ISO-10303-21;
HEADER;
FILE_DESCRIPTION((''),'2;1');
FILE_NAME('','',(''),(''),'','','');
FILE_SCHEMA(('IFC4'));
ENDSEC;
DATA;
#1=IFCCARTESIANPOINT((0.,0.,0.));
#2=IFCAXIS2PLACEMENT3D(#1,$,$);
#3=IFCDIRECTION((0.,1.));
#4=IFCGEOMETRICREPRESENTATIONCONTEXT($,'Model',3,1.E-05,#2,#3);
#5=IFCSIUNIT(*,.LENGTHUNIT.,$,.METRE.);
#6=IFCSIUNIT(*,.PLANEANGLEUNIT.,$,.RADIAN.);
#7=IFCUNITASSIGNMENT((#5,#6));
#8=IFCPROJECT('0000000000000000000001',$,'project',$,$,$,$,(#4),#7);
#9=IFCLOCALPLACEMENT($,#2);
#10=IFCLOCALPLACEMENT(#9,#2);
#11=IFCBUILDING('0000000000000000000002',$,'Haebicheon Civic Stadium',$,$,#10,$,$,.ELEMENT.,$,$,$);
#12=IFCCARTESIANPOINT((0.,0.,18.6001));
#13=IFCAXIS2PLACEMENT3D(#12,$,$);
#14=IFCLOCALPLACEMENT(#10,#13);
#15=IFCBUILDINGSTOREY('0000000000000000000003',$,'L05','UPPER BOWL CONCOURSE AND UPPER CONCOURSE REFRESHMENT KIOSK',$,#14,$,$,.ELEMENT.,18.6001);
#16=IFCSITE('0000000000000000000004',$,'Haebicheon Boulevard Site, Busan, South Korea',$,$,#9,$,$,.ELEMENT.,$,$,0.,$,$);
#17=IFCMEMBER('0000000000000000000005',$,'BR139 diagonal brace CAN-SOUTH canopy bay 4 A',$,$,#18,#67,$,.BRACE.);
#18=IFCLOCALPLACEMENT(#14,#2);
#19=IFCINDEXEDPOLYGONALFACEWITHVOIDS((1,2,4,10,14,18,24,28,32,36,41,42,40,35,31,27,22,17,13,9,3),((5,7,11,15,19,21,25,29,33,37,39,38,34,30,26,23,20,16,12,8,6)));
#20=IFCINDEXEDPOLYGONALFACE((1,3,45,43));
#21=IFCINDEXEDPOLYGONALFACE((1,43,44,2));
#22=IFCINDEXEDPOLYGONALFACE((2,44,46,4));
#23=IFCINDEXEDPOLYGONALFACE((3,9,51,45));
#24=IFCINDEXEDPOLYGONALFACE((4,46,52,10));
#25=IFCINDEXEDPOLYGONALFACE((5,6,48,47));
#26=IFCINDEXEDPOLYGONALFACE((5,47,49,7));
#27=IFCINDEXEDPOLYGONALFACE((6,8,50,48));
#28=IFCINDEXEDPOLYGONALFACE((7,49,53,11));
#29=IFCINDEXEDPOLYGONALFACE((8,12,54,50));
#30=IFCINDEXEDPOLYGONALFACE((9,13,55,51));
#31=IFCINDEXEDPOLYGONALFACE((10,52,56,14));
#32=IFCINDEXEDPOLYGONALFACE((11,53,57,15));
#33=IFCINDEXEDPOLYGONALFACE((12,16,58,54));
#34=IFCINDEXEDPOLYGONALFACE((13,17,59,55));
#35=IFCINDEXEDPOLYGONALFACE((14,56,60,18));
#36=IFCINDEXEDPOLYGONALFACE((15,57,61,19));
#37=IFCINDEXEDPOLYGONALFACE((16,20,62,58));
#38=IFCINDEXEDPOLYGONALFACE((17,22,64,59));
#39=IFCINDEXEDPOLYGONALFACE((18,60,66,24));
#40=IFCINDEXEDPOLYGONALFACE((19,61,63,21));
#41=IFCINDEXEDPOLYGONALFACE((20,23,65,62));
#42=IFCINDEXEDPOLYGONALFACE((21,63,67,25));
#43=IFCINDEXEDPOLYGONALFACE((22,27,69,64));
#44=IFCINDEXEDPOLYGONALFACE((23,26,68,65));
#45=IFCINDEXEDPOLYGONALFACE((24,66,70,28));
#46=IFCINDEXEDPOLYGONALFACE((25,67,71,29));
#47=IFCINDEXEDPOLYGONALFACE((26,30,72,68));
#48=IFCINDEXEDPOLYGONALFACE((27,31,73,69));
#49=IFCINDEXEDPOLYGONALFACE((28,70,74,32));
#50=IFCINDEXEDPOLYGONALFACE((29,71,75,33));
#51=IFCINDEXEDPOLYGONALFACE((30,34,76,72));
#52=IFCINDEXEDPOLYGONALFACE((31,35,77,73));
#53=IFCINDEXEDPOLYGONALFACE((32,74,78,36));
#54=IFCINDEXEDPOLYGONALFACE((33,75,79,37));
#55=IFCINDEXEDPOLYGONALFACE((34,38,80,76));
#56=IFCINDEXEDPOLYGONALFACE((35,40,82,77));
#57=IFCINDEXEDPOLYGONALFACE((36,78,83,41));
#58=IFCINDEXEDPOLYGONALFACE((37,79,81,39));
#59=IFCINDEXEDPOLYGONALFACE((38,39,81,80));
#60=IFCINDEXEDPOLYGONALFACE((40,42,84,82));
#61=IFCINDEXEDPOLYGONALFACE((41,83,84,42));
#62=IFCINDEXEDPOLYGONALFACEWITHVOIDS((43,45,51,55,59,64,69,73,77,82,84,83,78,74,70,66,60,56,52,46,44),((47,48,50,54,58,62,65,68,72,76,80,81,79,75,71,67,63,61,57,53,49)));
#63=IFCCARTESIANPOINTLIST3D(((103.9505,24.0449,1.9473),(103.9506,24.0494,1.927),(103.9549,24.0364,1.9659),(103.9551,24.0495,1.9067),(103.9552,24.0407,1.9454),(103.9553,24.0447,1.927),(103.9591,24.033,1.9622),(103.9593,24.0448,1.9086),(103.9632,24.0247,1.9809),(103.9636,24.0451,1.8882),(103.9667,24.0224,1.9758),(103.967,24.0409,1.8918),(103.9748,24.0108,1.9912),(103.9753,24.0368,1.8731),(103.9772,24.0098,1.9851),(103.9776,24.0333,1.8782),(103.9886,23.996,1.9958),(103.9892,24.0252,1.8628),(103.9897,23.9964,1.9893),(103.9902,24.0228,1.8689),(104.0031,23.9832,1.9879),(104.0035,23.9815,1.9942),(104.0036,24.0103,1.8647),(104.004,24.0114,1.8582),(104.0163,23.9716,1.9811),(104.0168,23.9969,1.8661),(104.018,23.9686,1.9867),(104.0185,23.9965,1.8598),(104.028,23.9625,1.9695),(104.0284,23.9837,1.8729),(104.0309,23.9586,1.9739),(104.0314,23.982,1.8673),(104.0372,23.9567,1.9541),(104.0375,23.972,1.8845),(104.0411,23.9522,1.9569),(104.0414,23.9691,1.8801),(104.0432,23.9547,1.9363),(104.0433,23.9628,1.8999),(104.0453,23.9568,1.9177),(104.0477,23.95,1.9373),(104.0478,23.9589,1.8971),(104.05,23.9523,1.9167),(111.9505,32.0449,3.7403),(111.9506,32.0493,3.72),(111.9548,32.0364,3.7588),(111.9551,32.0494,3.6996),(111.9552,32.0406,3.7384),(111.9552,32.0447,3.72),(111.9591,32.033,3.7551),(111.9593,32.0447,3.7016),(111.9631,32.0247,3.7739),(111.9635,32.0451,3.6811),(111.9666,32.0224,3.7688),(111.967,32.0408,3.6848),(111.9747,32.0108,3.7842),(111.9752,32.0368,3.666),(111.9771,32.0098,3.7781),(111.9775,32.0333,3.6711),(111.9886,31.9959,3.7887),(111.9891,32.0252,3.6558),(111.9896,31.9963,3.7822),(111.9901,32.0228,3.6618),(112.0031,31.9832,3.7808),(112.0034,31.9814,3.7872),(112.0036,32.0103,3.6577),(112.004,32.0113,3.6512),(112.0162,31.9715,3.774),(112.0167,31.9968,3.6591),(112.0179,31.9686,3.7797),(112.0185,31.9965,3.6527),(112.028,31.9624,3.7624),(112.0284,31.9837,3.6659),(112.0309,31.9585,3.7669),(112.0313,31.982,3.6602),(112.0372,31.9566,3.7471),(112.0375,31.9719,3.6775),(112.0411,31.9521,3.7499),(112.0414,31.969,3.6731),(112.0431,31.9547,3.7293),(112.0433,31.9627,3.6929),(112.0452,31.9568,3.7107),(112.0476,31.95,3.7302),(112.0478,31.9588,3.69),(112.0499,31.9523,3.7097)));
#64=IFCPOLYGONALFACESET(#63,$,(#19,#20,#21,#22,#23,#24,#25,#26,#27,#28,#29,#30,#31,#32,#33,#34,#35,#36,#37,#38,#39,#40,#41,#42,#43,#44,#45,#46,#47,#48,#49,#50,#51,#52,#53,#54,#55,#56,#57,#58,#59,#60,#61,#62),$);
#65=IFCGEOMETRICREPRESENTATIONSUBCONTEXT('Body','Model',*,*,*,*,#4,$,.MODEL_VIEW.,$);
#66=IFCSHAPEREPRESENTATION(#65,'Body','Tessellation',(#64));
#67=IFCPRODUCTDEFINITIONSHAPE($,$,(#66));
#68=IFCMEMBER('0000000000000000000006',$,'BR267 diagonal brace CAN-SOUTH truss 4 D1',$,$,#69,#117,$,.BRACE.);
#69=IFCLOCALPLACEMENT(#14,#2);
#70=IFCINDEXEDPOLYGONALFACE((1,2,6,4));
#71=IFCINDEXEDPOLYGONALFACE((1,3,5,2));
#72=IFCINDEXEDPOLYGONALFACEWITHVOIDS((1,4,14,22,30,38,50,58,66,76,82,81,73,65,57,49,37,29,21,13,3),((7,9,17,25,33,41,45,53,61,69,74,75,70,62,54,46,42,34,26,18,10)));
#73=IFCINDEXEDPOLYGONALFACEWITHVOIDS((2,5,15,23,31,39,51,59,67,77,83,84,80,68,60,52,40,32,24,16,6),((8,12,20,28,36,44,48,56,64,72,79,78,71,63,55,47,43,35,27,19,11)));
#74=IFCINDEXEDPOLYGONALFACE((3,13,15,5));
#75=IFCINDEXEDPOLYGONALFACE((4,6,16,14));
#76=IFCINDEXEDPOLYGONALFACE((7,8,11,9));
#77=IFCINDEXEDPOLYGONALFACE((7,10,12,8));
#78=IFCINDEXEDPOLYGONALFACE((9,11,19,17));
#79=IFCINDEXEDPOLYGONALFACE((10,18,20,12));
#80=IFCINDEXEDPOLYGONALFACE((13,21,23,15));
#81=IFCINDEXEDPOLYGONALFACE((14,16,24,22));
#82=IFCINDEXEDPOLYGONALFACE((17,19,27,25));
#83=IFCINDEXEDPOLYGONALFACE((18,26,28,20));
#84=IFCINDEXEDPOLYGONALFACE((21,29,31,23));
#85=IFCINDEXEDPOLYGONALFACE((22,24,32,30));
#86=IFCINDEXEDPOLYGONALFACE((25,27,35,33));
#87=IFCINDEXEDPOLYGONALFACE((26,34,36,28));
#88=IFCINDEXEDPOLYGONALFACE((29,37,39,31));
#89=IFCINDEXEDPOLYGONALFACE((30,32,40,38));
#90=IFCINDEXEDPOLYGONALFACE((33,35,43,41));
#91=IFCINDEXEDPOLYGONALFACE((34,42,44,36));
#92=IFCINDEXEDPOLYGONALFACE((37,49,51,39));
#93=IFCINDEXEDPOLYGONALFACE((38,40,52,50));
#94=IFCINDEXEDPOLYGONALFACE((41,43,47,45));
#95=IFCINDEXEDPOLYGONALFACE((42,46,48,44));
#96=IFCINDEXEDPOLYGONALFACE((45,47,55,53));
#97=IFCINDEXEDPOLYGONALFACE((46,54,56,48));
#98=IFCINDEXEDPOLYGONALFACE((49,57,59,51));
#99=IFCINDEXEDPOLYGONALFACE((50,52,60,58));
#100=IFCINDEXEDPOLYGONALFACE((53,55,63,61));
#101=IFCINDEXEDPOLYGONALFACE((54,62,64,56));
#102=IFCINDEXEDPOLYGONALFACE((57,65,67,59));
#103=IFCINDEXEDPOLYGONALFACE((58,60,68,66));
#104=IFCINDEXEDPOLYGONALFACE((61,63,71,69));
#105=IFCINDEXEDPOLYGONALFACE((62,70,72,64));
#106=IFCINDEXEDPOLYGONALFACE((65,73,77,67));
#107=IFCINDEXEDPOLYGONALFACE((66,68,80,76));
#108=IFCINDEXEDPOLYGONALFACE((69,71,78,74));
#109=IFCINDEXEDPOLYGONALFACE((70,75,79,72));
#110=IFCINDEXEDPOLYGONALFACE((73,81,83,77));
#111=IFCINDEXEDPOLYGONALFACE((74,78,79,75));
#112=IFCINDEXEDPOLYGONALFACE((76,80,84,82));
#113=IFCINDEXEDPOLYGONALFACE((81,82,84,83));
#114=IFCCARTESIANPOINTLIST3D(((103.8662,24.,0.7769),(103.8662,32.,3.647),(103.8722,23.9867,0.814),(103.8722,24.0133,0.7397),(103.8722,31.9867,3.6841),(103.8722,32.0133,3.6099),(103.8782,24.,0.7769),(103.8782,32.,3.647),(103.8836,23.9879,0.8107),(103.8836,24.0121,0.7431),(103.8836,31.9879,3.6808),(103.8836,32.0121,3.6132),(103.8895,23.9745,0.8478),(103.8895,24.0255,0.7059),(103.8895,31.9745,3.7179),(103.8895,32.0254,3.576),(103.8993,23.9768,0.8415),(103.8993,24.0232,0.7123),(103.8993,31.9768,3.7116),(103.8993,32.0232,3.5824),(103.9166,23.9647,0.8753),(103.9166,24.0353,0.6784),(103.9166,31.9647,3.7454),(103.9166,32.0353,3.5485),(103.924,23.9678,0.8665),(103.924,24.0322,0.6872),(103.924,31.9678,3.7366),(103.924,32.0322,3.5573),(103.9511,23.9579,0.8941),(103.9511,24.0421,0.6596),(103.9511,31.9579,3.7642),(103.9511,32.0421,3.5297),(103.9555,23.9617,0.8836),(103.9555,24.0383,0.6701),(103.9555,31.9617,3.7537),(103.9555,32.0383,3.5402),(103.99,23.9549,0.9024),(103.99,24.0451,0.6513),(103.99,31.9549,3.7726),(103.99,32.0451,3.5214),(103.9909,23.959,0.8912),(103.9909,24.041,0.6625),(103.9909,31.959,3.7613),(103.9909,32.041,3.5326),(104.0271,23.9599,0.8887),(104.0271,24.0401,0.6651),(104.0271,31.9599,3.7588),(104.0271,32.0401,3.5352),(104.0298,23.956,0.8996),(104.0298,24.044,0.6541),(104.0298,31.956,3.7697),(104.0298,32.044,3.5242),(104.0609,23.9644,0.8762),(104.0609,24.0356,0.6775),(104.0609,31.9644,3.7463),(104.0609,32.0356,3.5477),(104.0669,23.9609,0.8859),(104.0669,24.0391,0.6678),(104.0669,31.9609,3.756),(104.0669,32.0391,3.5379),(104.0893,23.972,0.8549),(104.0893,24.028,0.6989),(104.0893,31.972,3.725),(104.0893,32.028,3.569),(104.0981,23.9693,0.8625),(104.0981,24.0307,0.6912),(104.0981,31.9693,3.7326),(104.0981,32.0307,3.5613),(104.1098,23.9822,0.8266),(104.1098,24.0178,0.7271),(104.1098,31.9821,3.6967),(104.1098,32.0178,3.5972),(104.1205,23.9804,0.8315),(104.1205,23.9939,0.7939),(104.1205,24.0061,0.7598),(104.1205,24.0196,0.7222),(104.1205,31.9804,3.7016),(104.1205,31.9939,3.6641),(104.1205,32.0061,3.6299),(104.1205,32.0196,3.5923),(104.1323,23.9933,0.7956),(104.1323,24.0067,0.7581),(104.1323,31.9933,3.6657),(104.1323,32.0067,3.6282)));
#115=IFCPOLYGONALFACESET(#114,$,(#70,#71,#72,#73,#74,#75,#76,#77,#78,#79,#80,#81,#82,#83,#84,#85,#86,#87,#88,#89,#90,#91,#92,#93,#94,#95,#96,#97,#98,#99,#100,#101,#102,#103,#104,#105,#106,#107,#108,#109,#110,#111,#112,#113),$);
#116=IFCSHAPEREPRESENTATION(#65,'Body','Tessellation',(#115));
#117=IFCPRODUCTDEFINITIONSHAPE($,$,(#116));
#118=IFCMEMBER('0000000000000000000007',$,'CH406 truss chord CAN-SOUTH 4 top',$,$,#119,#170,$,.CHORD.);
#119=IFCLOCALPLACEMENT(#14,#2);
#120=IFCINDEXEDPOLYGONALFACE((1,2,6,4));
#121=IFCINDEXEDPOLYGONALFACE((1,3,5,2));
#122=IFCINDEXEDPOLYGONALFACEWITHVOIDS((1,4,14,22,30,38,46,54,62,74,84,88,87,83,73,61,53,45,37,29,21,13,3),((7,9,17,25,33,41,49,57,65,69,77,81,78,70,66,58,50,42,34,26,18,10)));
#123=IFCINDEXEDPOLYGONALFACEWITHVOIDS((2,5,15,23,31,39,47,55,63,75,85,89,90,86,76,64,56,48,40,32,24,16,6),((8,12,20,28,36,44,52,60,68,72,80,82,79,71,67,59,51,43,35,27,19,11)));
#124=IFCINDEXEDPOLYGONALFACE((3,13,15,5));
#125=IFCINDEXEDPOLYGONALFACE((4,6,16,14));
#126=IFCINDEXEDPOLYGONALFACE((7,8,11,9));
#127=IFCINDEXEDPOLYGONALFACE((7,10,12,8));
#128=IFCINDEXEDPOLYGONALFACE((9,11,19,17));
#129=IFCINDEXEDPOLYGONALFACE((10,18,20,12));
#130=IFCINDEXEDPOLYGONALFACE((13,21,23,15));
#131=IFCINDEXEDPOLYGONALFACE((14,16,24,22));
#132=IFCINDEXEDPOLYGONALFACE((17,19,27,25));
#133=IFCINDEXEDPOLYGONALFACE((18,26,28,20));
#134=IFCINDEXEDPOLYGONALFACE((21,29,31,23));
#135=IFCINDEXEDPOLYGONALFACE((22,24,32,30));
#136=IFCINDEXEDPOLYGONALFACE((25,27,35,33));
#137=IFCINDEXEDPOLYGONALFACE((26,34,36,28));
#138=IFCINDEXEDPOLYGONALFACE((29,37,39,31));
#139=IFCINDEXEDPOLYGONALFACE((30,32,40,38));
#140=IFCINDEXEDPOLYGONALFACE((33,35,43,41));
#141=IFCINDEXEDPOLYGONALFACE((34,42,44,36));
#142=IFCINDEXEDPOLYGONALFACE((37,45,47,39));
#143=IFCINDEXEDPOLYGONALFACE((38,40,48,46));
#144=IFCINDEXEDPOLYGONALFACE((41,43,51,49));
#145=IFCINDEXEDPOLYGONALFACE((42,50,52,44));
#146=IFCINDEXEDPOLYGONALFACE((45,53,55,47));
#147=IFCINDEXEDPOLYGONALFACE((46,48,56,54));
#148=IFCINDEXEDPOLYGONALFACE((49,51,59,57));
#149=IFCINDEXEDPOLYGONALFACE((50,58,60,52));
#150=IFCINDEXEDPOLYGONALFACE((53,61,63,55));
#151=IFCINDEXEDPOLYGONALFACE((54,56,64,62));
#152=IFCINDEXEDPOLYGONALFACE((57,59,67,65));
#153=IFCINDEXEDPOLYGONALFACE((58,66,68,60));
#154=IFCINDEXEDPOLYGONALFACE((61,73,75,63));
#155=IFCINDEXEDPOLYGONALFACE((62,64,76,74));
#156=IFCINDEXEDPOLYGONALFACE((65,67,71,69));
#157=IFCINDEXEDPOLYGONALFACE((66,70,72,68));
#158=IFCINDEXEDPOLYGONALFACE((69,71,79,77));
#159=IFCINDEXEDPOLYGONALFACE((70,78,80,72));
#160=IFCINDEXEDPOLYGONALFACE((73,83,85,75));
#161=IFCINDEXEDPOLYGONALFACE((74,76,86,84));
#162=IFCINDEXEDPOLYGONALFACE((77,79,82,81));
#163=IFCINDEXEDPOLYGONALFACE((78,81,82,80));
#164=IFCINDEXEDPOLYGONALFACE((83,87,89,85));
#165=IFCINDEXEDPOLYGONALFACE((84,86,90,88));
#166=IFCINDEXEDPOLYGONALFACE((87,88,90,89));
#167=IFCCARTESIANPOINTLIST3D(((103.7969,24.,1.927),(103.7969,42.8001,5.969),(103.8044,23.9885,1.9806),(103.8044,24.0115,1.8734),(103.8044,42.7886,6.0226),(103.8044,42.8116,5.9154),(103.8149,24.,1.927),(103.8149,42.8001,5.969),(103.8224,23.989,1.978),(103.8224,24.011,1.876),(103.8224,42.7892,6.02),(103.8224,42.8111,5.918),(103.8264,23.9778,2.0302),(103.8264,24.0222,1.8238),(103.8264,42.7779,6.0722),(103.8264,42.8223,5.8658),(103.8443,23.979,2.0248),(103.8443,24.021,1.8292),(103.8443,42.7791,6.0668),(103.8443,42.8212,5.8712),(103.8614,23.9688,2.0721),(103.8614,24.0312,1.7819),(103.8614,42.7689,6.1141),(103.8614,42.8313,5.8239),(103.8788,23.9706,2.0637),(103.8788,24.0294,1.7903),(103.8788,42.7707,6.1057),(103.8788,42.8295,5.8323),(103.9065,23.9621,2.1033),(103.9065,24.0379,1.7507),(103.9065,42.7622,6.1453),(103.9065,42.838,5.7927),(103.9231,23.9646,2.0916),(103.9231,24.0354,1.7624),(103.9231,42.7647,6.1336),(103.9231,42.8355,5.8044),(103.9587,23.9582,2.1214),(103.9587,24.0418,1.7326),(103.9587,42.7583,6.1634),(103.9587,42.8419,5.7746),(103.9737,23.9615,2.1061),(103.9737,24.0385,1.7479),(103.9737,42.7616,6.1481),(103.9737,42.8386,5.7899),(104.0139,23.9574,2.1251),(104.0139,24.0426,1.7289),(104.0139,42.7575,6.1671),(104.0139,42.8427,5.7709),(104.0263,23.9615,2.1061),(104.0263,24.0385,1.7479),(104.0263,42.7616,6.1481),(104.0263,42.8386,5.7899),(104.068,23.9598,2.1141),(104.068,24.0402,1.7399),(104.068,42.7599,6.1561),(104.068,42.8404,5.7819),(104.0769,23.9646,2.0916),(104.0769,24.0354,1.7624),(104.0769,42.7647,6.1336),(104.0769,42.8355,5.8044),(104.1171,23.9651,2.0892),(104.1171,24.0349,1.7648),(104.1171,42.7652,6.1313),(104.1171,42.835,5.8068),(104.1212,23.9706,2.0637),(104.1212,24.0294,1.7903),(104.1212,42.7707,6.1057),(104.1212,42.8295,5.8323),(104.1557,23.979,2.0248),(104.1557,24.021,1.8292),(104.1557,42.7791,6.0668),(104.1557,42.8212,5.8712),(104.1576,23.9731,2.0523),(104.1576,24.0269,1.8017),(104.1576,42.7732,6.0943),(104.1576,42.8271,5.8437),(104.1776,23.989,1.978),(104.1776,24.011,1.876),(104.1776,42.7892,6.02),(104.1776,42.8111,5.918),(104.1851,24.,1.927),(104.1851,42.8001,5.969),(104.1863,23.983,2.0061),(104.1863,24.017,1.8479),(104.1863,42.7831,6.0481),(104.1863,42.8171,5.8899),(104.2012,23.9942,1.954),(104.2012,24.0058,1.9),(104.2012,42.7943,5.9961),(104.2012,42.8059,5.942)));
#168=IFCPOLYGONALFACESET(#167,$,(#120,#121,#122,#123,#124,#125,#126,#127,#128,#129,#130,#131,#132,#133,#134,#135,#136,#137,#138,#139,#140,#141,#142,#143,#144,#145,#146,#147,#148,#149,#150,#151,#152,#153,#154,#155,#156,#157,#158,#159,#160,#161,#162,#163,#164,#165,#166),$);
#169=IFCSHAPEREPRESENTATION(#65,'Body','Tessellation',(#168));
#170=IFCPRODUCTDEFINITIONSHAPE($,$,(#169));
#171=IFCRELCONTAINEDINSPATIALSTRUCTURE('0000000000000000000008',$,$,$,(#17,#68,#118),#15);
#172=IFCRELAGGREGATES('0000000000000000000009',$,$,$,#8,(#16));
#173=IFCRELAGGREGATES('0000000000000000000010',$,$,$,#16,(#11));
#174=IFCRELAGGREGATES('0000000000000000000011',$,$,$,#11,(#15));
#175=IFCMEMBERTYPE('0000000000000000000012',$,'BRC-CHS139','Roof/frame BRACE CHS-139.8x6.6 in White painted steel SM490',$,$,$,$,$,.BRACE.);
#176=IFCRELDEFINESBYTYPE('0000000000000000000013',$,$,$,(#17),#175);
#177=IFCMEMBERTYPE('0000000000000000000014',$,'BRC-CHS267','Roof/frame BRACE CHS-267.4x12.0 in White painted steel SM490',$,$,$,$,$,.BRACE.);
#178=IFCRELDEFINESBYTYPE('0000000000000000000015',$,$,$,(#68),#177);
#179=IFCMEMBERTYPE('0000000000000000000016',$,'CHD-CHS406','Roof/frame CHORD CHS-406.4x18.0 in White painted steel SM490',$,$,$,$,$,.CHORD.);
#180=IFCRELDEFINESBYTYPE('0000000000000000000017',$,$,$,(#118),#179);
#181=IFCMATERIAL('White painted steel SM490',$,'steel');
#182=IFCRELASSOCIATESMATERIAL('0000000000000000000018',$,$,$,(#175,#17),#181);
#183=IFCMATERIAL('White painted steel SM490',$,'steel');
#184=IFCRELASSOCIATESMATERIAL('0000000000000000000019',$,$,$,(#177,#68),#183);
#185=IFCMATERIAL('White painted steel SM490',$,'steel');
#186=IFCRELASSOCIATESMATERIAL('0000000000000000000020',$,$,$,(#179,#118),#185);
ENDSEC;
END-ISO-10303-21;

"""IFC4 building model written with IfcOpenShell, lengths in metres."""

from ifc_helpers import new_model, si_unit, direction, frame, origin, origin_2d, place, context, subcontext, project, spatial, hollow_circle, extrude, material, material_profile, profile_set, type_object, element, save


model = new_model("IFC4")

# Units and contexts
model_context = context("Model", 3, precision=1e-05, world=origin(), true_north=direction((0.0, 1.0)))
body_context = subcontext(model_context, "Body", "Model", "MODEL_VIEW")
ifc_project = project(units=[si_unit("LENGTHUNIT", "METRE"), si_unit("PLANEANGLEUNIT", "RADIAN")], contexts=[model_context])

# Site, building, storey
site_placement = place(None, origin())
site = spatial("IfcSite", under=ifc_project, at=site_placement, Name="Haebicheon Boulevard Site, Busan, South Korea", CompositionType="ELEMENT", RefElevation=0.0)
building_placement = place(site_placement, origin())
building = spatial("IfcBuilding", under=site, at=building_placement, Name="Haebicheon Civic Stadium", CompositionType="ELEMENT")
storey_placement = place(building_placement, frame((0.0, 0.0, 18.6001)))
storey = spatial("IfcBuildingStorey", under=building, at=storey_placement, Name="L05", Description="UPPER BOWL CONCOURSE AND UPPER CONCOURSE REFRESHMENT KIOSK", CompositionType="ELEMENT", Elevation=18.6001)

# Members
ifc_material_1 = material(Name="White painted steel SM490", Category="steel")
ifc_material_profile_1 = material_profile(ifc_material_1, hollow_circle(Radius=0.0698, WallThickness=0.0066, at=origin_2d()), Name="CHS-139.8x6.6")
ifc_profile_set_1 = profile_set([ifc_material_profile_1], Name="White painted steel SM490")
member_type_1 = type_object("IfcMemberType", Name="BRC-CHS139", Description="Roof/frame BRACE CHS-139.8x6.6 in White painted steel SM490", PredefinedType="BRACE", material=ifc_profile_set_1)
member_1_placement = place(storey_placement, frame((104.0, 24.0, 1.927), z_axis=(0.698391, 0.698391, 0.156524), x_axis=(-0.707107, 0.707107, 0.0)))
element("IfcMember", 1, at=member_1_placement, inside=storey, type_object=member_type_1, material=ifc_profile_set_1, Name="BR139 diagonal brace CAN-SOUTH canopy bay 4 A", PredefinedType="BRACE", context=body_context, shape_type="SweptSolid", body=[
    extrude(hollow_circle(Radius=0.0698, WallThickness=0.0066, at=origin_2d()), origin(), (0.0, 0.0, 1.0), 11.4548),
])
ifc_material_2 = material(Name="White painted steel SM490", Category="steel")
ifc_material_profile_2 = material_profile(ifc_material_2, hollow_circle(Radius=0.1338, WallThickness=0.012, at=origin_2d()), Name="CHS-267.4x12.0")
ifc_profile_set_2 = profile_set([ifc_material_profile_2], Name="White painted steel SM490")
member_type_2 = type_object("IfcMemberType", Name="BRC-CHS267", Description="Roof/frame BRACE CHS-267.4x12.0 in White painted steel SM490", PredefinedType="BRACE", material=ifc_profile_set_2)
member_2_placement = place(storey_placement, frame((104.0, 24.0, 0.7769), z_axis=(0.0, 0.941257, 0.33769), x_axis=(-1.0, 0.0, 0.0)))
element("IfcMember", 2, at=member_2_placement, inside=storey, type_object=member_type_2, material=ifc_profile_set_2, Name="BR267 diagonal brace CAN-SOUTH truss 4 D1", PredefinedType="BRACE", context=body_context, shape_type="SweptSolid", body=[
    extrude(hollow_circle(Radius=0.1338, WallThickness=0.012, at=origin_2d()), origin(), (0.0, 0.0, 1.0), 8.4993),
])
ifc_material_3 = material(Name="White painted steel SM490", Category="steel")
ifc_material_profile_3 = material_profile(ifc_material_3, hollow_circle(Radius=0.2031, WallThickness=0.0181, at=origin_2d()), Name="CHS-406.4x18.0")
ifc_profile_set_3 = profile_set([ifc_material_profile_3], Name="White painted steel SM490")
member_type_3 = type_object("IfcMemberType", Name="CHD-CHS406", Description="Roof/frame CHORD CHS-406.4x18.0 in White painted steel SM490", PredefinedType="CHORD", material=ifc_profile_set_3)
member_3_placement = place(storey_placement, frame((104.0, 24.0, 1.927), z_axis=(0.0, 0.977659, 0.210196), x_axis=(-1.0, 0.0, 0.0)))
element("IfcMember", 3, at=member_3_placement, inside=storey, type_object=member_type_3, material=ifc_profile_set_3, Name="CH406 truss chord CAN-SOUTH 4 top", PredefinedType="CHORD", context=body_context, shape_type="SweptSolid", body=[
    extrude(hollow_circle(Radius=0.2031, WallThickness=0.0181, at=origin_2d()), origin(), (0.0, 0.0, 1.0), 19.2297),
])

save(model, "model.ifc")
